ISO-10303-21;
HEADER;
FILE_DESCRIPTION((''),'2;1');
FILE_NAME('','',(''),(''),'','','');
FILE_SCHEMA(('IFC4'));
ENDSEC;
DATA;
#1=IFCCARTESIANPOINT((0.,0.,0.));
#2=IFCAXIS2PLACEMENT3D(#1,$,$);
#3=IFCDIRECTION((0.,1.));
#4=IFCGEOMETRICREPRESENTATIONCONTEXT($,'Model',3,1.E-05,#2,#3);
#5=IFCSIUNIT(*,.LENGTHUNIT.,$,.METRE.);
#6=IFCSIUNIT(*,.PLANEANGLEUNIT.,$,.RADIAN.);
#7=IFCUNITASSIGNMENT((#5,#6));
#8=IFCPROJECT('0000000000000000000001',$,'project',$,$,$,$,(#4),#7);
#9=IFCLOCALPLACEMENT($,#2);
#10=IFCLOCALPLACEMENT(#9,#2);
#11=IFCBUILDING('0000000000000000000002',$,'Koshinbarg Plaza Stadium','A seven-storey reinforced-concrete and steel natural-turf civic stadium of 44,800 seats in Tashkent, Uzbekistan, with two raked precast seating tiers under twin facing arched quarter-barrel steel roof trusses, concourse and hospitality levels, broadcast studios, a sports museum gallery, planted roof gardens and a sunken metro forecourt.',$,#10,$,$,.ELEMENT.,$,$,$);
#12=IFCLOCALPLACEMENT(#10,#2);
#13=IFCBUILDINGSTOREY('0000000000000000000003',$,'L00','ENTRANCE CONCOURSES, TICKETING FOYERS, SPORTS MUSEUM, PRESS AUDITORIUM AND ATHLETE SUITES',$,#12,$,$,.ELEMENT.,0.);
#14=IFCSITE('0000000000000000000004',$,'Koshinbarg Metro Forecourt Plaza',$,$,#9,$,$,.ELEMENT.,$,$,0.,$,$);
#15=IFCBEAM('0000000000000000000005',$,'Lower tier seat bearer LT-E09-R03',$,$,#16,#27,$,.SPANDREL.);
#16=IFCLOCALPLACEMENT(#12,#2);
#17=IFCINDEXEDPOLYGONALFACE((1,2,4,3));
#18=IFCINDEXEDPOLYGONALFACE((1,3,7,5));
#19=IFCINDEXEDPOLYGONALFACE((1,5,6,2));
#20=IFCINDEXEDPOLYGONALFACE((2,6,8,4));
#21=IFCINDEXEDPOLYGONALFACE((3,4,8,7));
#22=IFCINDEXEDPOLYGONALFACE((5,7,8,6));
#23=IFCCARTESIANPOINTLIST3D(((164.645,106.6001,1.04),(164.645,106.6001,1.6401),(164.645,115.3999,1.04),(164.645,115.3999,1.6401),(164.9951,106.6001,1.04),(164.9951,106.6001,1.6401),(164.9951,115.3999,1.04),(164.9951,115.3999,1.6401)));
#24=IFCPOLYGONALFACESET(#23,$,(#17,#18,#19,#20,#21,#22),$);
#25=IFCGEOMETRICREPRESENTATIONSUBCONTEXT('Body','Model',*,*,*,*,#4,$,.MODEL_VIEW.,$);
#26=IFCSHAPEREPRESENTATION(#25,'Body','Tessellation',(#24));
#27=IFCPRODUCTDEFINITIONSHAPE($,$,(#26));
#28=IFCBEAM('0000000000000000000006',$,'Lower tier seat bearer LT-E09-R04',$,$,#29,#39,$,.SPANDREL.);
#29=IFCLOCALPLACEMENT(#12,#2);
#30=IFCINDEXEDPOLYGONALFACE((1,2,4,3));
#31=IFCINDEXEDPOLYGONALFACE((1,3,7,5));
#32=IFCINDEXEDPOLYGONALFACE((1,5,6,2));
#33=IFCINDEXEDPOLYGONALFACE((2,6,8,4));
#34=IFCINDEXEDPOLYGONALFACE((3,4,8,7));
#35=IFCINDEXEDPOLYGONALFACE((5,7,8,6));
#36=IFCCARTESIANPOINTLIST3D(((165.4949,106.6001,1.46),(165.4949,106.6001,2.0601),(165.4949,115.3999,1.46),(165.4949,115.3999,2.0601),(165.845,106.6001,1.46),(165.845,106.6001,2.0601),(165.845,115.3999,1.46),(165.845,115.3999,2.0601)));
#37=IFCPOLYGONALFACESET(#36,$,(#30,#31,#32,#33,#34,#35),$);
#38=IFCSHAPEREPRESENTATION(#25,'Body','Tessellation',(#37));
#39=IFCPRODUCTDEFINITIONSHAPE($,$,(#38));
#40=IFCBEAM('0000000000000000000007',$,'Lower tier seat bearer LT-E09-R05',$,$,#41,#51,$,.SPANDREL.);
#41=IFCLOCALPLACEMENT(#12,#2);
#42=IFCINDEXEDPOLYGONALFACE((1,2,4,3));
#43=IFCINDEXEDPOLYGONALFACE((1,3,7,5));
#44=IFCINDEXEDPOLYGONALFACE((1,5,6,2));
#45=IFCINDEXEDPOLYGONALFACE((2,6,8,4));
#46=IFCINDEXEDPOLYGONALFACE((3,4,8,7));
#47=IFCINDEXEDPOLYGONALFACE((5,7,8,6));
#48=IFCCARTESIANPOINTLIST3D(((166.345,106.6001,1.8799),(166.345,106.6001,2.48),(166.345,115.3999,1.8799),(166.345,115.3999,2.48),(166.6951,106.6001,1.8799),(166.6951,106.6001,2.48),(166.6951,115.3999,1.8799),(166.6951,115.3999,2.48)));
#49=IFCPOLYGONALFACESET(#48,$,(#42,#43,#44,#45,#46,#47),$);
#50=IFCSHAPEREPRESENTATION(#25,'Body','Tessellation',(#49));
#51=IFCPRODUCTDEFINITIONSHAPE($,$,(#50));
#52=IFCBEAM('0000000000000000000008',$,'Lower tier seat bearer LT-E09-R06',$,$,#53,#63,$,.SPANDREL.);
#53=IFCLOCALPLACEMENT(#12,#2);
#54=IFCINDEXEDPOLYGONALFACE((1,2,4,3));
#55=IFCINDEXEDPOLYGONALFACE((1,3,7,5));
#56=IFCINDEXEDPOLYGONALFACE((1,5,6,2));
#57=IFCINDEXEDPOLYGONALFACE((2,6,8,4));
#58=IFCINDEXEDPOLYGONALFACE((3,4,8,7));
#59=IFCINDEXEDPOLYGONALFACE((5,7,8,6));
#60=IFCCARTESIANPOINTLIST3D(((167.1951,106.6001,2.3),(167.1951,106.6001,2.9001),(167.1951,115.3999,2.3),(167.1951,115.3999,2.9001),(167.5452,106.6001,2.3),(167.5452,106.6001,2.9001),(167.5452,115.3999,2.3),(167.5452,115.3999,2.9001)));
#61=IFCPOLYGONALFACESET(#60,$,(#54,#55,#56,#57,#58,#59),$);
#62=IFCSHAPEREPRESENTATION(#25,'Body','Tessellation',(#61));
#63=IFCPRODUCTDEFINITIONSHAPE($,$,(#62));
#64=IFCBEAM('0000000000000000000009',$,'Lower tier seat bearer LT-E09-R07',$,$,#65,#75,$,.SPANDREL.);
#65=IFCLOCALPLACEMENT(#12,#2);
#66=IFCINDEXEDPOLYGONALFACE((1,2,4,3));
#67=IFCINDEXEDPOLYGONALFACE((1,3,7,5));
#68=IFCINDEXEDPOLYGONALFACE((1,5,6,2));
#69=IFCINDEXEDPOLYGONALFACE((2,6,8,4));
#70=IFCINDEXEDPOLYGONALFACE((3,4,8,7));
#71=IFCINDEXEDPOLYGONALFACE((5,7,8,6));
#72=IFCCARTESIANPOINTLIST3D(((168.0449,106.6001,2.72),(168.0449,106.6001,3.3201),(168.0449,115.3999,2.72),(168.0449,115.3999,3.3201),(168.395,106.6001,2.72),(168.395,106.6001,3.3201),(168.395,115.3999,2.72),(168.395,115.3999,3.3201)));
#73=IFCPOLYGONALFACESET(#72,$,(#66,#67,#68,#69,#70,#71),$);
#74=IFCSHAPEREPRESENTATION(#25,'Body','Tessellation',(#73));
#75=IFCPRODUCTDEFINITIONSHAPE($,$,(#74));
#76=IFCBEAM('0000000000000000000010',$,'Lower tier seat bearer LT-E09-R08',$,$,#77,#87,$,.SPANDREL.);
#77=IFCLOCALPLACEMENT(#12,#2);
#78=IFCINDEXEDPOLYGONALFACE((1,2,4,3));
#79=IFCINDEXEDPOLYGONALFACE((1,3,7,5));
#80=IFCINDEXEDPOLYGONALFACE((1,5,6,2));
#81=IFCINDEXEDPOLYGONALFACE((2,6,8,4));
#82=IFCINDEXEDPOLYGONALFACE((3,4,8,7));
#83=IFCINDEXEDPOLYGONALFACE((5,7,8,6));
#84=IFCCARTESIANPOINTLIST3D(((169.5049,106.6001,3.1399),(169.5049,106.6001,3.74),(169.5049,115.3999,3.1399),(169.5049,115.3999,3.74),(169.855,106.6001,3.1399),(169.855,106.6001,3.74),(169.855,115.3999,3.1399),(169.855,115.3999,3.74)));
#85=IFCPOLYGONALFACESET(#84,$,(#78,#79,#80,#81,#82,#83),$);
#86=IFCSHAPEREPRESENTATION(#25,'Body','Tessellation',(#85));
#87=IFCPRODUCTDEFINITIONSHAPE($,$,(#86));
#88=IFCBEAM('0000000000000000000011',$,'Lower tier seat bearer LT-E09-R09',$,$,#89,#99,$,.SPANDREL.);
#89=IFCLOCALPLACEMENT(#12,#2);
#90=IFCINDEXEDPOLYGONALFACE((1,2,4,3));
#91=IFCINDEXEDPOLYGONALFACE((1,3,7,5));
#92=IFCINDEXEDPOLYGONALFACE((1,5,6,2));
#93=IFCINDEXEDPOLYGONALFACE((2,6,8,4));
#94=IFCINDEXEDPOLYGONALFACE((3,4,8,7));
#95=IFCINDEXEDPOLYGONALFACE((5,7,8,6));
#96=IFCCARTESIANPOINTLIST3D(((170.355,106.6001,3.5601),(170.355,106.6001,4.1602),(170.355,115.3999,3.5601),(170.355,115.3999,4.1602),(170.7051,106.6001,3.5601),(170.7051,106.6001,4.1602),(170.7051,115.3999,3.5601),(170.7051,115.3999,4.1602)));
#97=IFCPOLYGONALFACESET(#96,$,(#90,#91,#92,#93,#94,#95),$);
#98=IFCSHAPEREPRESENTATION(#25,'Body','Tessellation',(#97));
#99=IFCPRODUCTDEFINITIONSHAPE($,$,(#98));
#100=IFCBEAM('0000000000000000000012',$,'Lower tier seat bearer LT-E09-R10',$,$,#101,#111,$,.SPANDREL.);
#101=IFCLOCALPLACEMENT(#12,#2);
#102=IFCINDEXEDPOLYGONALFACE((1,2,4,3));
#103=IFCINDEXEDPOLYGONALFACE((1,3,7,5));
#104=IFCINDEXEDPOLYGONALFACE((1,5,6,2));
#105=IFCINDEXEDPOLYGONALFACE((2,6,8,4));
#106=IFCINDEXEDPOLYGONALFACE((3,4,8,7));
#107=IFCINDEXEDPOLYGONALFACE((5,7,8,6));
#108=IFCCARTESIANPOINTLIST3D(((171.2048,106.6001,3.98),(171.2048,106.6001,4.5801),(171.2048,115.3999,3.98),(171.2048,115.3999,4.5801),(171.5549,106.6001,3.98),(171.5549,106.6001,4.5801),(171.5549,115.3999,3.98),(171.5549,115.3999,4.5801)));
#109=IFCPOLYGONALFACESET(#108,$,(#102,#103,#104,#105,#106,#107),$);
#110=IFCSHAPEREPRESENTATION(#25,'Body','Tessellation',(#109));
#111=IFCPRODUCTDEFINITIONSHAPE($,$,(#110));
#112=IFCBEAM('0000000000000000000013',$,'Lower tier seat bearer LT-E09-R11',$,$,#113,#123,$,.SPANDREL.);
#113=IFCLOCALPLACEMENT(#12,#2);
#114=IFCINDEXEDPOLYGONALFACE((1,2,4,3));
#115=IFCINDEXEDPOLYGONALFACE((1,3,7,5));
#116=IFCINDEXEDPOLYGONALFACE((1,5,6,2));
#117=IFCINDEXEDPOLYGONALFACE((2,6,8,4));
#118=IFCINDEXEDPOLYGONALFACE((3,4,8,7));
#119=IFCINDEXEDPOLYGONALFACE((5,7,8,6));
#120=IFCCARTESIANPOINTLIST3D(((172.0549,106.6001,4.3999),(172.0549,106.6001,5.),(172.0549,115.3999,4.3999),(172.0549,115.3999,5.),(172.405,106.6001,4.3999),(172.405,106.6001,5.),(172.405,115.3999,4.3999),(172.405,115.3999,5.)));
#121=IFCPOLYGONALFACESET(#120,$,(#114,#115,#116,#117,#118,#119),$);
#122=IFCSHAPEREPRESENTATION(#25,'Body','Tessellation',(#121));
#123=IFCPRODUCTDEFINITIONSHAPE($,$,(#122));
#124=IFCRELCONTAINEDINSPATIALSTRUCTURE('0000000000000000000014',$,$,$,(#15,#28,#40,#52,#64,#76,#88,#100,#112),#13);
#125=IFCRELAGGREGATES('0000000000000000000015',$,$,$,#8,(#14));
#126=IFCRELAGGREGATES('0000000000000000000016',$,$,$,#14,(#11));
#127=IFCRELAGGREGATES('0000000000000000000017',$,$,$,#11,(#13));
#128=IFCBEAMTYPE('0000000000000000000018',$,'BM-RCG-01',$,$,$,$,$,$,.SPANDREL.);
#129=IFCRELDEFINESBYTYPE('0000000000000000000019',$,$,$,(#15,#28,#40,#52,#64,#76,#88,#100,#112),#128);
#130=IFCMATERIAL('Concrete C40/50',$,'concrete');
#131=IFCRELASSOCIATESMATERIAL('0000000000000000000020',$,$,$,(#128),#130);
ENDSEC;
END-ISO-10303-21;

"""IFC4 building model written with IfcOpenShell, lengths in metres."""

from ifc_helpers import new_model, si_unit, direction, frame, origin, origin_2d, place, context, subcontext, project, spatial, rectangle, extrude, material, material_profile, profile_set, type_object, element, save


model = new_model("IFC4")

# Units and contexts
model_context = context("Model", 3, precision=1e-05, world=origin(), true_north=direction((0.0, 1.0)))
body_context = subcontext(model_context, "Body", "Model", "MODEL_VIEW")
ifc_project = project(units=[si_unit("LENGTHUNIT", "METRE"), si_unit("PLANEANGLEUNIT", "RADIAN")], contexts=[model_context])

# Site, building, storey
site_placement = place(None, origin())
site = spatial("IfcSite", under=ifc_project, at=site_placement, Name="Koshinbarg Metro Forecourt Plaza", CompositionType="ELEMENT", RefElevation=0.0)
building_placement = place(site_placement, origin())
building = spatial("IfcBuilding", under=site, at=building_placement, Name="Koshinbarg Plaza Stadium", Description="A seven-storey reinforced-concrete and steel natural-turf civic stadium of 44,800 seats in Tashkent, Uzbekistan, with two raked precast seating tiers under twin facing arched quarter-barrel steel roof trusses, concourse and hospitality levels, broadcast studios, a sports museum gallery, planted roof gardens and a sunken metro forecourt.", CompositionType="ELEMENT")
storey_placement = place(building_placement, origin())
storey = spatial("IfcBuildingStorey", under=building, at=storey_placement, Name="L00", Description="ENTRANCE CONCOURSES, TICKETING FOYERS, SPORTS MUSEUM, PRESS AUDITORIUM AND ATHLETE SUITES", CompositionType="ELEMENT", Elevation=0.0)

# Shared definitions
ifc_material_1 = material(Name="Concrete C40/50", Category="concrete")

# Beams
ifc_material_profile_1 = material_profile(ifc_material_1, rectangle(XDim=0.3501, YDim=0.6001, at=origin_2d()), Name="RC 350x600")
ifc_profile_set_1 = profile_set([ifc_material_profile_1], Name="Concrete C40/50")
beam_type = type_object("IfcBeamType", Name="BM-RCG-01", PredefinedType="SPANDREL", material=ifc_profile_set_1)
for number, where, z_axis, x_axis, name in (
    (1, (164.8201, 106.6001, 1.3401), (0.0, 1.0, 0.0), (-1.0, 0.0, 0.0), "Lower tier seat bearer LT-E09-R03"),
    (2, (165.6699, 106.6001, 1.76), (0.0, 1.0, 0.0), (-1.0, 0.0, 0.0), "Lower tier seat bearer LT-E09-R04"),
    (3, (166.52, 106.6001, 2.1799), (0.0, 1.0, 0.0), (-1.0, 0.0, 0.0), "Lower tier seat bearer LT-E09-R05"),
    (4, (167.3701, 106.6001, 2.6001), (0.0, 1.0, 0.0), (-1.0, 0.0, 0.0), "Lower tier seat bearer LT-E09-R06"),
    (5, (168.22, 106.6001, 3.02), (0.0, 1.0, 0.0), (-1.0, 0.0, 0.0), "Lower tier seat bearer LT-E09-R07"),
    (6, (169.6799, 106.6001, 3.4399), (0.0, 1.0, 0.0), (-1.0, 0.0, 0.0), "Lower tier seat bearer LT-E09-R08"),
    (7, (170.53, 106.6001, 3.8601), (0.0, 1.0, 0.0), (-1.0, 0.0, 0.0), "Lower tier seat bearer LT-E09-R09"),
    (8, (171.3799, 106.6001, 4.28), (0.0, 1.0, 0.0), (-1.0, 0.0, 0.0), "Lower tier seat bearer LT-E09-R10"),
    (9, (172.23, 106.6001, 4.7), (0.0, 1.0, 0.0), (-1.0, 0.0, 0.0), "Lower tier seat bearer LT-E09-R11"),
):
    element("IfcBeam", number, at=place(storey_placement, frame(where, z_axis=z_axis, x_axis=x_axis)), inside=storey, type_object=beam_type, Name=name, PredefinedType="SPANDREL", context=body_context, shape_type="SweptSolid", body=[
        extrude(rectangle(XDim=0.3501, YDim=0.6001, at=origin_2d()), origin(), (0.0, 0.0, 1.0), 8.7998),
    ])

save(model, "model.ifc")
